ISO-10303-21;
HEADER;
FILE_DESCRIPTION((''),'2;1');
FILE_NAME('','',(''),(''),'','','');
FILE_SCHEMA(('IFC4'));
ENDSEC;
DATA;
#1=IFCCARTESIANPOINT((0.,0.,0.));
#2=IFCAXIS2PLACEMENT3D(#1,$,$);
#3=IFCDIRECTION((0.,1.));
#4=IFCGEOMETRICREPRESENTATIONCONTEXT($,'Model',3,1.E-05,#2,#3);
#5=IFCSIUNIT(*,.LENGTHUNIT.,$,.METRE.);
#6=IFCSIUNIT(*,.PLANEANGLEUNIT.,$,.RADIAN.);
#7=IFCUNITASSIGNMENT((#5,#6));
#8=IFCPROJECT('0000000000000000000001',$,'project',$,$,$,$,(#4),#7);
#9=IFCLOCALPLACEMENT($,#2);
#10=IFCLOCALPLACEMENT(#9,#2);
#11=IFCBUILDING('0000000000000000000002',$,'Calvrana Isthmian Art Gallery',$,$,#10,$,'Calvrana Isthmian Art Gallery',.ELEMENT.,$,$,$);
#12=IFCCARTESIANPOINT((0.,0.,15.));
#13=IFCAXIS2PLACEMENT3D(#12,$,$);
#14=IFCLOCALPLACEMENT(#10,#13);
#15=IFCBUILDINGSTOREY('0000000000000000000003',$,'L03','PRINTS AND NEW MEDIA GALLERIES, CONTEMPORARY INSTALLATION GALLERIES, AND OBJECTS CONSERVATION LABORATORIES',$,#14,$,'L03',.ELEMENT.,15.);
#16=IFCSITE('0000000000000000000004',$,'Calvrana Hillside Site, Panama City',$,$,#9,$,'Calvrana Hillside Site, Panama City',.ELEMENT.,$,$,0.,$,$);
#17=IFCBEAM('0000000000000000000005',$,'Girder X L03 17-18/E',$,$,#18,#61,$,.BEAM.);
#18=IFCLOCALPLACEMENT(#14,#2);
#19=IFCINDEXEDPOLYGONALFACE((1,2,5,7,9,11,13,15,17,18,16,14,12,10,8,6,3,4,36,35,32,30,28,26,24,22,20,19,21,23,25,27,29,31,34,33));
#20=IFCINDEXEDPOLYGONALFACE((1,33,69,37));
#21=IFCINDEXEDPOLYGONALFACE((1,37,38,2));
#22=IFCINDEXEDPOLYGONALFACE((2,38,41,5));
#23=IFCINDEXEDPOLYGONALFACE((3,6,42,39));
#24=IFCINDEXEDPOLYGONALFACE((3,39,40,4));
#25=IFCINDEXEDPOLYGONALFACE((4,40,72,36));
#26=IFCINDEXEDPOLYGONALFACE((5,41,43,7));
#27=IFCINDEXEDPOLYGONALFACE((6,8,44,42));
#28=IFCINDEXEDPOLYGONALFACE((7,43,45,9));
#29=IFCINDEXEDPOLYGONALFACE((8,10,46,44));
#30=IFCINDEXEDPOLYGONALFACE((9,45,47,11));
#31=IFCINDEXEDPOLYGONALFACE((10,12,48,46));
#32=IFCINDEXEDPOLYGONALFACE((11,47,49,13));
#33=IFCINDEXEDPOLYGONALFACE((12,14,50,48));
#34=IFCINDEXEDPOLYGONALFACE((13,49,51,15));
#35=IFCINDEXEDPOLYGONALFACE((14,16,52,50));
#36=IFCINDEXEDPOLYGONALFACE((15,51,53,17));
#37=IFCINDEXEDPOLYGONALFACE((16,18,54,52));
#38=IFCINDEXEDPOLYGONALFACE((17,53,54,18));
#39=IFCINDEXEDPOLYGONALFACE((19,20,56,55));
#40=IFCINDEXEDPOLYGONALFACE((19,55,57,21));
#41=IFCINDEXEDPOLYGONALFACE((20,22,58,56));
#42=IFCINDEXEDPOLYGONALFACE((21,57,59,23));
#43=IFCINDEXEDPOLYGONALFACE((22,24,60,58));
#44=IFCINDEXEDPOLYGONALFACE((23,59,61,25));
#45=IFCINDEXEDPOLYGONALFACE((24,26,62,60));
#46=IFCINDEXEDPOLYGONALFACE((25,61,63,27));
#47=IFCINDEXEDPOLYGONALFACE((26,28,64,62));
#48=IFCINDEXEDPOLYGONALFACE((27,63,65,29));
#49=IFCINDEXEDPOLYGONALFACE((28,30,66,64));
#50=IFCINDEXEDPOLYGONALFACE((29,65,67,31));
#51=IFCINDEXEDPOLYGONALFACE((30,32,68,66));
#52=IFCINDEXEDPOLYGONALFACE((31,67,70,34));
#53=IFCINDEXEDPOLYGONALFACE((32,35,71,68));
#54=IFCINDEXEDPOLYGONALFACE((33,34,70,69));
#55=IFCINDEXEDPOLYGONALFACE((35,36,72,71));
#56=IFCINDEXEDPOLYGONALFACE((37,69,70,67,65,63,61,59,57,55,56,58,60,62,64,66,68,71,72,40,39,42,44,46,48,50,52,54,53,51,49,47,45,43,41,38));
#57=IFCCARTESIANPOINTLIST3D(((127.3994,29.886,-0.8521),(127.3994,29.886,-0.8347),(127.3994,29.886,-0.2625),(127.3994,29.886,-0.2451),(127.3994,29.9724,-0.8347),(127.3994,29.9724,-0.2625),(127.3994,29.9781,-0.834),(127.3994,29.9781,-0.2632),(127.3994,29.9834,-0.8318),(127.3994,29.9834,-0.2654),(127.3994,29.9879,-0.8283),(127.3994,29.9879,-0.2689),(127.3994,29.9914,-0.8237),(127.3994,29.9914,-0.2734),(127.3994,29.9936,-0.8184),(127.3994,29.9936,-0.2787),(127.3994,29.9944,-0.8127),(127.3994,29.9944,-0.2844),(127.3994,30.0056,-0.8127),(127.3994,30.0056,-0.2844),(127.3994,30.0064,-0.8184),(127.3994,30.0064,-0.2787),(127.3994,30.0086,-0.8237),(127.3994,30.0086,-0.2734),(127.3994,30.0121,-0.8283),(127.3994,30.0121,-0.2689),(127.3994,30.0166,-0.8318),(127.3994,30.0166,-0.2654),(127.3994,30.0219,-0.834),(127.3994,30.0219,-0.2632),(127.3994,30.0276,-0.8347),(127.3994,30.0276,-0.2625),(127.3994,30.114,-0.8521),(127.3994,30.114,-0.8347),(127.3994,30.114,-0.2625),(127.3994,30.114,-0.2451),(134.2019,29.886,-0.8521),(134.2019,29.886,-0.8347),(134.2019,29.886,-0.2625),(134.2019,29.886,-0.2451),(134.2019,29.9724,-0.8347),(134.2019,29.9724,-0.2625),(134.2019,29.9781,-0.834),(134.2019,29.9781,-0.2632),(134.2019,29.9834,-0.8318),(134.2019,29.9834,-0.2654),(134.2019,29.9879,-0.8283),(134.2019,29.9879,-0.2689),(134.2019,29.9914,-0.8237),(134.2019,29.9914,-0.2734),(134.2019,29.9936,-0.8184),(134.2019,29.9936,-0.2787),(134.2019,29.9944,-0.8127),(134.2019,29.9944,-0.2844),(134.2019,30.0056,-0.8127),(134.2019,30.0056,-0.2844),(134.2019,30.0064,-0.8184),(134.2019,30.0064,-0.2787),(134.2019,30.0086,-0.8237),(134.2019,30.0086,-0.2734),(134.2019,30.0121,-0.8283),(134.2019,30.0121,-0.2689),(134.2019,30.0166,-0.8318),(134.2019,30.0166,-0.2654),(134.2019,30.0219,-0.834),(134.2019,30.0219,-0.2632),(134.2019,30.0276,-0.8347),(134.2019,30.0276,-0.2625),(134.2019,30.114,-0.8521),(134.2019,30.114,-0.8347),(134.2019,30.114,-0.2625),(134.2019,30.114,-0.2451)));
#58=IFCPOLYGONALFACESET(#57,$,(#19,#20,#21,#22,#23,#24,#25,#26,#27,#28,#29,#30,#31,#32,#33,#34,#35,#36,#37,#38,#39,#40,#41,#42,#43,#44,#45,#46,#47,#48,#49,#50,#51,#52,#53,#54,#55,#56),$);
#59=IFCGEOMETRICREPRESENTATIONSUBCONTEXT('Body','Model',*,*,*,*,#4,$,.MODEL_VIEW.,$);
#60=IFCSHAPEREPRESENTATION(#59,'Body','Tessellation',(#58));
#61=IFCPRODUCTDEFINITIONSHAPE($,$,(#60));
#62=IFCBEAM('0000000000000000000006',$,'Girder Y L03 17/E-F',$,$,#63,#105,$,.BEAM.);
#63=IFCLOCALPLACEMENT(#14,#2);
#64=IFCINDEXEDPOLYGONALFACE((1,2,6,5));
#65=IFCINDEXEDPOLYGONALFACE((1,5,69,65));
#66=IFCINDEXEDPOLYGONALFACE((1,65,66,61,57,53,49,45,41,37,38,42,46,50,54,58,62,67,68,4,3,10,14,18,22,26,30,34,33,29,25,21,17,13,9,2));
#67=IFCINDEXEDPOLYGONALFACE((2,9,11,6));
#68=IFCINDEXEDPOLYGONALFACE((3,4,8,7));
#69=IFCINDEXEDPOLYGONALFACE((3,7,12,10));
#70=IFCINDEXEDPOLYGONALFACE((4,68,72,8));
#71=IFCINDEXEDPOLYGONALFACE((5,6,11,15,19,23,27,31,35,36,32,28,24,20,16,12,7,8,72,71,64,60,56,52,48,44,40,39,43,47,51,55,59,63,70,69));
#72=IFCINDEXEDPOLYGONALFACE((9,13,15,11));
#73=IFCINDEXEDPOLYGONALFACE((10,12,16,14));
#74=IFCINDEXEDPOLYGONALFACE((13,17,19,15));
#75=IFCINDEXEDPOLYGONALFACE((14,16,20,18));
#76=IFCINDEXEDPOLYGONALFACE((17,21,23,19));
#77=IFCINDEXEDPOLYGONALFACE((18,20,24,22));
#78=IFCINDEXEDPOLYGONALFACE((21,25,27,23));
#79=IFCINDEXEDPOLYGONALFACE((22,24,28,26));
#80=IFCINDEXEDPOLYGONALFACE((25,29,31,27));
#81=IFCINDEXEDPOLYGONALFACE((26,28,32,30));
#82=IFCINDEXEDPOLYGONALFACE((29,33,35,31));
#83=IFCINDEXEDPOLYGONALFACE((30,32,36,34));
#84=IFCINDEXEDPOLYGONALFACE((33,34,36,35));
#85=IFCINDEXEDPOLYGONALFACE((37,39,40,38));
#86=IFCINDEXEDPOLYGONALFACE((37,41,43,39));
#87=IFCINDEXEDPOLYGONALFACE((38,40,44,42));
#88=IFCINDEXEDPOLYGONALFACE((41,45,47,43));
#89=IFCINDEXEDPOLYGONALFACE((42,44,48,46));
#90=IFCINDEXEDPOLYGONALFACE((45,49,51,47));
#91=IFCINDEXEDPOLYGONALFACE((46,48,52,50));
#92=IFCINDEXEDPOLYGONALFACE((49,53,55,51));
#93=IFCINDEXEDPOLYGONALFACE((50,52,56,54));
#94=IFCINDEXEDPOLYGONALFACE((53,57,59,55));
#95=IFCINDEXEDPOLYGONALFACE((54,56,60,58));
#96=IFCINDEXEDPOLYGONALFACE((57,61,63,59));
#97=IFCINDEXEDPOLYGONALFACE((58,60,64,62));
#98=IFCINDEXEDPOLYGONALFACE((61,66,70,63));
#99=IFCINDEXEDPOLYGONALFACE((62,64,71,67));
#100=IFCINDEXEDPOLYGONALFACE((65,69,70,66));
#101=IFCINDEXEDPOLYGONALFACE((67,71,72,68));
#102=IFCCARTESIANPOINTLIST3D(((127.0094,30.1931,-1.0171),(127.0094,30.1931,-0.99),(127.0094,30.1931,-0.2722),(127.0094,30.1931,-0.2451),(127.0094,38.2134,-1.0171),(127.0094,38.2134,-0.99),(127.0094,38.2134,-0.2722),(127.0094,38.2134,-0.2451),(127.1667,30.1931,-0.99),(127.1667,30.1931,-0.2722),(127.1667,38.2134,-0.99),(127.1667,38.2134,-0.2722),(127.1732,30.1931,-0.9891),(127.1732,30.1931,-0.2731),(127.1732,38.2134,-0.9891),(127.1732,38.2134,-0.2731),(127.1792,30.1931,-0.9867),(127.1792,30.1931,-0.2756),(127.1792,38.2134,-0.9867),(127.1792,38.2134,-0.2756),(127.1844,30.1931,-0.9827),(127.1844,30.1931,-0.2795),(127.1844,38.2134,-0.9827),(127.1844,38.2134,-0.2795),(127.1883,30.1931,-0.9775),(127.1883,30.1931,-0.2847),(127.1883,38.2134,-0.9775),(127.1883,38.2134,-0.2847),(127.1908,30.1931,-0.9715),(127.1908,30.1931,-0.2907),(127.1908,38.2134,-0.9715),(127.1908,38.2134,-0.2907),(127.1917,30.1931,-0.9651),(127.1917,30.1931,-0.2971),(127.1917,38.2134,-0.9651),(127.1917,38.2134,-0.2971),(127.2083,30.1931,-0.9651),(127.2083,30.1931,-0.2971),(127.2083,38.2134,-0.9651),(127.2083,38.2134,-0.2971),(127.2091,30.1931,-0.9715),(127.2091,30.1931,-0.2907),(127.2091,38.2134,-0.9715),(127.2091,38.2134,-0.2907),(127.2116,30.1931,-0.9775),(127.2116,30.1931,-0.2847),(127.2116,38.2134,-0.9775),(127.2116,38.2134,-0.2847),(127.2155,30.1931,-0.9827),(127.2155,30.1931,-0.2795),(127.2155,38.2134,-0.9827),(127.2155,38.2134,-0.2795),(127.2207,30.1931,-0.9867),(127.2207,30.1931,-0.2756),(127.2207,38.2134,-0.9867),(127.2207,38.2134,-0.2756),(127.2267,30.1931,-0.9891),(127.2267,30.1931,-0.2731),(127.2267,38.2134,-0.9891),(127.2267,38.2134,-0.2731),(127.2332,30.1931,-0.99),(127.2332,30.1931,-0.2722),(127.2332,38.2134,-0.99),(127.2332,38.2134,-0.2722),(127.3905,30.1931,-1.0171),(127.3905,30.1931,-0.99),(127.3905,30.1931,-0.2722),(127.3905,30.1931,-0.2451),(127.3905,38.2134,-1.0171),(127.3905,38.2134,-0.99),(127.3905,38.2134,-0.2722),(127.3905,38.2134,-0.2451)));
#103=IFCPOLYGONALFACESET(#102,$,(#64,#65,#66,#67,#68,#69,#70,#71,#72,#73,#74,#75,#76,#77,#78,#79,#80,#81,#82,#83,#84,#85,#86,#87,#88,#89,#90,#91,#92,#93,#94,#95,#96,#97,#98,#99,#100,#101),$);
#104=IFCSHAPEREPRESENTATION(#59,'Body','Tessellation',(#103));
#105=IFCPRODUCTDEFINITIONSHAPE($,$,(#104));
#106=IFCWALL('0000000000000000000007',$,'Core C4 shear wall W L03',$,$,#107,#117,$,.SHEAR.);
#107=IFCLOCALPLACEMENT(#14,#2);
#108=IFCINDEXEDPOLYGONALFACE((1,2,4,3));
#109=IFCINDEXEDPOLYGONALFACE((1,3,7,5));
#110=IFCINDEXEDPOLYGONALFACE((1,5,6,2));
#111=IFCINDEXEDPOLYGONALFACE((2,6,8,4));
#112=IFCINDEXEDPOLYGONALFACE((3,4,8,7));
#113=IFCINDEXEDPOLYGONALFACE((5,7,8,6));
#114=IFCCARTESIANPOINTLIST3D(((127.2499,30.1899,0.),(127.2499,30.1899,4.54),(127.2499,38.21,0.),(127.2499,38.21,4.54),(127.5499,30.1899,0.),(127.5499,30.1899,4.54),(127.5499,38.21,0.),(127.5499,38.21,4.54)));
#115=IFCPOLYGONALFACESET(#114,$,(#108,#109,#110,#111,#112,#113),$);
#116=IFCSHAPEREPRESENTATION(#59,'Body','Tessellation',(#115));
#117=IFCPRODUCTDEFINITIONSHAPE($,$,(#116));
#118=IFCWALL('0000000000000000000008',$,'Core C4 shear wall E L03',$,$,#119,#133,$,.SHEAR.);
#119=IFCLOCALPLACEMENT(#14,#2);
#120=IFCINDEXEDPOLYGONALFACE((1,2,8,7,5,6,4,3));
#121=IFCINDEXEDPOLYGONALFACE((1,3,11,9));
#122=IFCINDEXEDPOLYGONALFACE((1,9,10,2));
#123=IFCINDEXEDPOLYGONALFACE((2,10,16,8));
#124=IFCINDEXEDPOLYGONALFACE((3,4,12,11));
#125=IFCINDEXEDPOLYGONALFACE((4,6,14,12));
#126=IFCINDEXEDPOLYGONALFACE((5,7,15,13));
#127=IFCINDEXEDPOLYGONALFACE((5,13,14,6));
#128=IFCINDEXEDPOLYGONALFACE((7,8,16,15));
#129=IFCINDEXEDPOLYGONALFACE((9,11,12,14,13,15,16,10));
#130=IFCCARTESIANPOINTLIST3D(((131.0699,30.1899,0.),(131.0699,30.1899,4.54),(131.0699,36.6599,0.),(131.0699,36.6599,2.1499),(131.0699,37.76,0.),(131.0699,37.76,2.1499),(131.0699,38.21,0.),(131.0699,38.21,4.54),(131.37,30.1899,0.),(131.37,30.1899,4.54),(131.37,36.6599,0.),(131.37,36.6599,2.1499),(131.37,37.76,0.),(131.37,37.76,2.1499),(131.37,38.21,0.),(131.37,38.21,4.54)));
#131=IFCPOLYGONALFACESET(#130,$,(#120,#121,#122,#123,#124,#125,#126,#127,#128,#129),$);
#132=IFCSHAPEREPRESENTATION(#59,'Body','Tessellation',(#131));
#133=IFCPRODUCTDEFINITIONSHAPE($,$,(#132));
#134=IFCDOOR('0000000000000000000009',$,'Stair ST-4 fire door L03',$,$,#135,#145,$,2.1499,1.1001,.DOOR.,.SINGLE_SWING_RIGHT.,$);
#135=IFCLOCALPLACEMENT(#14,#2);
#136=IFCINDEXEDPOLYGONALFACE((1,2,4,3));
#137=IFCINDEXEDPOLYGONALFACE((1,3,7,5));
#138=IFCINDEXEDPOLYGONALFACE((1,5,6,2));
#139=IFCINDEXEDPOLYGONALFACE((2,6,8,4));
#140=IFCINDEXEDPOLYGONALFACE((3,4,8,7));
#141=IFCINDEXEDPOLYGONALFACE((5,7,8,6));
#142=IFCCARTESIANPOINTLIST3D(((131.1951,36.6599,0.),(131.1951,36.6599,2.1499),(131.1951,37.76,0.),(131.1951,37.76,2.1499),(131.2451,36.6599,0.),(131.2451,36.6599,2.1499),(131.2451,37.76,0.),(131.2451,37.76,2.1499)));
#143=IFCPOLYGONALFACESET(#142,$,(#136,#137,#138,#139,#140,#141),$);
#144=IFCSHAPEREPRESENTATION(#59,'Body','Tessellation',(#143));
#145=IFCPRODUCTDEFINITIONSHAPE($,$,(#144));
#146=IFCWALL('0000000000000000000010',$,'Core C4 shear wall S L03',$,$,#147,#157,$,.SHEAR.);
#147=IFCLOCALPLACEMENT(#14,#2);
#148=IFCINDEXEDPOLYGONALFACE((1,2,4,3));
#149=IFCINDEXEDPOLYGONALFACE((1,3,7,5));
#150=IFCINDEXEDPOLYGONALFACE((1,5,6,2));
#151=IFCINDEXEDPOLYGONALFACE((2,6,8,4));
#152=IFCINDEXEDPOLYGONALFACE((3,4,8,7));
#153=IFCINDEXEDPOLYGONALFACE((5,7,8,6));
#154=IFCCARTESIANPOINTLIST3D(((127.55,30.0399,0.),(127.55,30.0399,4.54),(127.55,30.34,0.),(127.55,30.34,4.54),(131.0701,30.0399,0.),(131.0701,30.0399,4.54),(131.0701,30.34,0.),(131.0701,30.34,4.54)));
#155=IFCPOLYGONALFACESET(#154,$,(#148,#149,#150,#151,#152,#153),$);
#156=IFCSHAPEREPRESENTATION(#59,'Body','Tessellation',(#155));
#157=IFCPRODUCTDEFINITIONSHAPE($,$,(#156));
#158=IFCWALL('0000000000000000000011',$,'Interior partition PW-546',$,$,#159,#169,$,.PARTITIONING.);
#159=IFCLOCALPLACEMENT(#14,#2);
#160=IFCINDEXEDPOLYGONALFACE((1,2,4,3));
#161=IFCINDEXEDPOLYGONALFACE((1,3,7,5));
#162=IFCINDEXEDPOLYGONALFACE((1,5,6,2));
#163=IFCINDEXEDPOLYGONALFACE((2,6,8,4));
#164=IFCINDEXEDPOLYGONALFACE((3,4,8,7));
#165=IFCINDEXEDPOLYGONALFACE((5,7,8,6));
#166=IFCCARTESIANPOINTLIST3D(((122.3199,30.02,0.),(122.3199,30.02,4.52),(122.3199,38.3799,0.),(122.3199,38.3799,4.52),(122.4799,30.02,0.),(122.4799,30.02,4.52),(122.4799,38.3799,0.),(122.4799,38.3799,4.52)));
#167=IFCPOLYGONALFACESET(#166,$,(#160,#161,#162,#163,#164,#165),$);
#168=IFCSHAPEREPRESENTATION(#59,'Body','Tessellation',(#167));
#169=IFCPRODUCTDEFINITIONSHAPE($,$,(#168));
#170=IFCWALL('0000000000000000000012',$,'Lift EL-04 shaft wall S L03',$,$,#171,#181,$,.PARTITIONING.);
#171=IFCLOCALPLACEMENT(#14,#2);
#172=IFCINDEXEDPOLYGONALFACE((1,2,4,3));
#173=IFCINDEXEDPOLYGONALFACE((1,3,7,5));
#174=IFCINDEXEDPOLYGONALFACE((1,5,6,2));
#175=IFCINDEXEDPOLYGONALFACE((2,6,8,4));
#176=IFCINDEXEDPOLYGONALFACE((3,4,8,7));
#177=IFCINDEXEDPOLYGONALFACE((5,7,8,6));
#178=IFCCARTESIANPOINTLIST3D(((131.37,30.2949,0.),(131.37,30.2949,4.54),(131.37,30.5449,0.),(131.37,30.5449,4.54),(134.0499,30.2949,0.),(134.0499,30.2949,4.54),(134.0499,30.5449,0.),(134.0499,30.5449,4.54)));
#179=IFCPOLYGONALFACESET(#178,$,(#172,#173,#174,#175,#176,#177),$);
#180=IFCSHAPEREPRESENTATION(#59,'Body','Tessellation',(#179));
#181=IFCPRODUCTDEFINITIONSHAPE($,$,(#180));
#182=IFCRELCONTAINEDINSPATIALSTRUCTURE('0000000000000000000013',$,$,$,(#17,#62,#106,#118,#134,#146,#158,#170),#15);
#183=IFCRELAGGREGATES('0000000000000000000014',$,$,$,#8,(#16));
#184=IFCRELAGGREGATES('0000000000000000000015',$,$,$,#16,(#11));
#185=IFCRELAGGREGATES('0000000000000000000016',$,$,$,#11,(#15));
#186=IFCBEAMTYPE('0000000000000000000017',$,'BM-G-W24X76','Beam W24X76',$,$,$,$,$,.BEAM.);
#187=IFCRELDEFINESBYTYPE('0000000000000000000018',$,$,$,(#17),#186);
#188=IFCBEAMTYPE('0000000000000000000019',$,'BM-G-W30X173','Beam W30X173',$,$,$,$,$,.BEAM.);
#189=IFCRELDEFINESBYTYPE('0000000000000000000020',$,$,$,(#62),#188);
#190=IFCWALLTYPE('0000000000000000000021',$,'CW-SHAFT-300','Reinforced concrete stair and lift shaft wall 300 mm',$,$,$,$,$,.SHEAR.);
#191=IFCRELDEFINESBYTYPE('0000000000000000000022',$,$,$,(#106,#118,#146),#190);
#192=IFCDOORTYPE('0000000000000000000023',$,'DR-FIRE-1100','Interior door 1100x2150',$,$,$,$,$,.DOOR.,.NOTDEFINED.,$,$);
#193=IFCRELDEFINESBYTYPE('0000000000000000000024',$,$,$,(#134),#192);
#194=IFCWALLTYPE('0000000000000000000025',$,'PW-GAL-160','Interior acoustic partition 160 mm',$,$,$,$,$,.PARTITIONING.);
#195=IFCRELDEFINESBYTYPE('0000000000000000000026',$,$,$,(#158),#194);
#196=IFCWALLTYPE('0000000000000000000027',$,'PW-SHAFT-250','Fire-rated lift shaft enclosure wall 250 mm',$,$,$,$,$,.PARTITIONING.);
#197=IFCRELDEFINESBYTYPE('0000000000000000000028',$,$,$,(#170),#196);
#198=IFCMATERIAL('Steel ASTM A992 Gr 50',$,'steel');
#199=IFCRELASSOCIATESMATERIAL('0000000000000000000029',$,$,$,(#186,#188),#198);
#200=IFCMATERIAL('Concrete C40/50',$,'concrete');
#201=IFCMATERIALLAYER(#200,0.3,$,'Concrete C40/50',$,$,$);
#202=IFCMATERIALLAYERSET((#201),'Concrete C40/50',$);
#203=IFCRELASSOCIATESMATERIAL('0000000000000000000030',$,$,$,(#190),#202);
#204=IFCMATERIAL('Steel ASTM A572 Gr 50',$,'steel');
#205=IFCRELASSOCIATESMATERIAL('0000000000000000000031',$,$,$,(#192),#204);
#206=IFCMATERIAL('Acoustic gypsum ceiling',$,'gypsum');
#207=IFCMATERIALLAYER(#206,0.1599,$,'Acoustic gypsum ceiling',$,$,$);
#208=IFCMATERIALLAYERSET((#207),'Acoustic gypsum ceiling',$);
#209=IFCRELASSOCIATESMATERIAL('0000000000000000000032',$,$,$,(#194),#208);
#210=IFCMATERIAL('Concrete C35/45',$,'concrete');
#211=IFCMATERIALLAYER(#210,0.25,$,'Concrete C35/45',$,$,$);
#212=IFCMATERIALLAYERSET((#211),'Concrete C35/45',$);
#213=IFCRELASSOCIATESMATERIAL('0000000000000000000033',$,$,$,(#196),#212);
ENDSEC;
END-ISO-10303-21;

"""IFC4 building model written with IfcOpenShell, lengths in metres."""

from ifc_helpers import new_model, si_unit, direction, frame, frame_2d, origin, origin_2d, place, context, subcontext, project, spatial, rectangle, i_section, extrude, material, layer, layer_set, material_profile, profile_set, type_object, element, fill, save


model = new_model("IFC4")

# Units and contexts
model_context = context("Model", 3, precision=1e-05, world=origin(), true_north=direction((0.0, 1.0)))
body_context = subcontext(model_context, "Body", "Model", "MODEL_VIEW")
ifc_project = project(units=[si_unit("LENGTHUNIT", "METRE"), si_unit("PLANEANGLEUNIT", "RADIAN")], contexts=[model_context])

# Site, building, storey
site_placement = place(None, origin())
site = spatial("IfcSite", under=ifc_project, at=site_placement, Name="Calvrana Hillside Site, Panama City", LongName="Calvrana Hillside Site, Panama City", CompositionType="ELEMENT", RefElevation=0.0)
building_placement = place(site_placement, origin())
building = spatial("IfcBuilding", under=site, at=building_placement, Name="Calvrana Isthmian Art Gallery", LongName="Calvrana Isthmian Art Gallery", CompositionType="ELEMENT")
storey_placement = place(building_placement, frame((0.0, 0.0, 15.0)))
storey = spatial("IfcBuildingStorey", under=building, at=storey_placement, Name="L03", Description="PRINTS AND NEW MEDIA GALLERIES, CONTEMPORARY INSTALLATION GALLERIES, AND OBJECTS CONSERVATION LABORATORIES", LongName="L03", CompositionType="ELEMENT", Elevation=15.0)

# Shared definitions
ifc_material_1 = material(Name="Steel ASTM A992 Gr 50", Category="steel")

# Beams
ifc_material_profile_1 = material_profile(ifc_material_1, i_section(OverallWidth=0.228, OverallDepth=0.6069, WebThickness=0.0112, FlangeThickness=0.0173, FilletRadius=0.022, at=origin_2d()), Name="W24X76")
ifc_profile_set_1 = profile_set([ifc_material_profile_1], Name="Steel ASTM A992 Gr 50")
beam_type_1 = type_object("IfcBeamType", Name="BM-G-W24X76", Description="Beam W24X76", PredefinedType="BEAM", material=ifc_profile_set_1)
beam_1_placement = place(storey_placement, frame((127.3994, 30.0, -0.5486), z_axis=(1.0, 0.0, 0.0), x_axis=(0.0, 1.0, 0.0)))
element("IfcBeam", 1, at=beam_1_placement, inside=storey, type_object=beam_type_1, Name="Girder X L03 17-18/E", PredefinedType="BEAM", context=body_context, shape_type="SweptSolid", body=[
    extrude(i_section(OverallWidth=0.228, OverallDepth=0.6069, WebThickness=0.0112, FlangeThickness=0.0173, FilletRadius=0.022, at=origin_2d()), origin(), (0.0, 0.0, 1.0), 6.8025),
])
ifc_material_profile_2 = material_profile(ifc_material_1, i_section(OverallWidth=0.3811, OverallDepth=0.772, WebThickness=0.0166, FlangeThickness=0.0271, FilletRadius=0.0249, at=origin_2d()), Name="W30X173")
ifc_profile_set_2 = profile_set([ifc_material_profile_2], Name="Steel ASTM A992 Gr 50")
beam_type_2 = type_object("IfcBeamType", Name="BM-G-W30X173", Description="Beam W30X173", PredefinedType="BEAM", material=ifc_profile_set_2)
beam_2_placement = place(storey_placement, frame((127.2, 30.1931, -0.6311), z_axis=(0.0, 1.0, 0.0), x_axis=(-1.0, 0.0, 0.0)))
element("IfcBeam", 2, at=beam_2_placement, inside=storey, type_object=beam_type_2, Name="Girder Y L03 17/E-F", PredefinedType="BEAM", context=body_context, shape_type="SweptSolid", body=[
    extrude(i_section(OverallWidth=0.3811, OverallDepth=0.772, WebThickness=0.0166, FlangeThickness=0.0271, FilletRadius=0.0249, at=origin_2d()), origin(), (0.0, 0.0, 1.0), 8.0203),
])

# Wall
ifc_material_2 = material(Name="Concrete C40/50", Category="concrete")
ifc_layer_1 = layer(ifc_material_2, 0.3, Name="Concrete C40/50")
ifc_layer_set_1 = layer_set([ifc_layer_1], Name="Concrete C40/50")
wall_type_1 = type_object("IfcWallType", Name="CW-SHAFT-300", Description="Reinforced concrete stair and lift shaft wall 300 mm", PredefinedType="SHEAR", material=ifc_layer_set_1)
wall_1_placement = place(storey_placement, frame((127.3999, 30.1899, 0.0), z_axis=(0.0, 0.0, 1.0), x_axis=(0.0, 1.0, 0.0)))
element("IfcWall", 3, at=wall_1_placement, inside=storey, type_object=wall_type_1, Name="Core C4 shear wall W L03", PredefinedType="SHEAR", context=body_context, shape_type="SweptSolid", body=[
    extrude(rectangle(XDim=8.02, YDim=0.3, at=frame_2d((4.01, 0.0))), origin(), (0.0, 0.0, 1.0), 4.54),
])

# Wall, opening, door
wall_2_placement = place(storey_placement, frame((131.22, 30.1899, 0.0), z_axis=(0.0, 0.0, 1.0), x_axis=(0.0, 1.0, 0.0)))
wall_2 = element("IfcWall", 4, at=wall_2_placement, inside=storey, type_object=wall_type_1, Name="Core C4 shear wall E L03", PredefinedType="SHEAR", context=body_context, shape_type="SweptSolid", body=[
    extrude(rectangle(XDim=8.02, YDim=0.3, at=frame_2d((4.01, 0.0))), origin(), (0.0, 0.0, 1.0), 4.54),
])
opening_1_placement = place(wall_2_placement, frame((6.47, 0.0, 0.0)))
opening_1 = element("IfcOpeningElement", 5, at=opening_1_placement, cuts=wall_2, PredefinedType="OPENING", context=body_context, shape_type="SweptSolid", body=[
    extrude(rectangle(XDim=1.1001, YDim=2.1499, at=frame_2d((0.55, 1.075))), frame((0.0, 0.1602, 0.0), z_axis=(0.0, -1.0, 0.0), x_axis=(1.0, 0.0, 0.0)), (0.0, 0.0, 1.0), 0.3206),
])
ifc_material_3 = material(Name="Steel ASTM A572 Gr 50", Category="steel")
door_type_1 = type_object("IfcDoorType", Name="DR-FIRE-1100", Description="Interior door 1100x2150", OperationType="NOTDEFINED", PredefinedType="DOOR", material=ifc_material_3)
door_1_placement = place(opening_1_placement, origin())
door_1 = element("IfcDoor", 6, at=door_1_placement, inside=storey, type_object=door_type_1, Name="Stair ST-4 fire door L03", OperationType="SINGLE_SWING_RIGHT", OverallHeight=2.1499, OverallWidth=1.1001, PredefinedType="DOOR", context=body_context, shape_type="SweptSolid", body=[
    extrude(rectangle(XDim=1.1001, YDim=2.1499, at=frame_2d((0.55, 1.075))), frame((0.0, 0.0249, 0.0), z_axis=(0.0, -1.0, 0.0), x_axis=(1.0, 0.0, 0.0)), (0.0, 0.0, 1.0), 0.05),
])
fill(opening_1, door_1)

# Walls
wall_3_placement = place(storey_placement, frame((127.55, 30.1899, 0.0), z_axis=(0.0, 0.0, 1.0), x_axis=(1.0, 0.0, 0.0)))
element("IfcWall", 7, at=wall_3_placement, inside=storey, type_object=wall_type_1, Name="Core C4 shear wall S L03", PredefinedType="SHEAR", context=body_context, shape_type="SweptSolid", body=[
    extrude(rectangle(XDim=3.52, YDim=0.3, at=frame_2d((1.76, 0.0))), origin(), (0.0, 0.0, 1.0), 4.54),
])
ifc_material_4 = material(Name="Acoustic gypsum ceiling", Category="gypsum")
ifc_layer_2 = layer(ifc_material_4, 0.1599, Name="Acoustic gypsum ceiling")
ifc_layer_set_2 = layer_set([ifc_layer_2], Name="Acoustic gypsum ceiling")
wall_type_2 = type_object("IfcWallType", Name="PW-GAL-160", Description="Interior acoustic partition 160 mm", PredefinedType="PARTITIONING", material=ifc_layer_set_2)
wall_4_placement = place(storey_placement, frame((122.3999, 30.02, 0.0), z_axis=(0.0, 0.0, 1.0), x_axis=(0.0, 1.0, 0.0)))
element("IfcWall", 8, at=wall_4_placement, inside=storey, type_object=wall_type_2, Name="Interior partition PW-546", PredefinedType="PARTITIONING", context=body_context, shape_type="SweptSolid", body=[
    extrude(rectangle(XDim=8.3599, YDim=0.1599, at=frame_2d((4.1799, 0.0))), origin(), (0.0, 0.0, 1.0), 4.52),
])
ifc_material_5 = material(Name="Concrete C35/45", Category="concrete")
ifc_layer_3 = layer(ifc_material_5, 0.25, Name="Concrete C35/45")
ifc_layer_set_3 = layer_set([ifc_layer_3], Name="Concrete C35/45")
wall_type_3 = type_object("IfcWallType", Name="PW-SHAFT-250", Description="Fire-rated lift shaft enclosure wall 250 mm", PredefinedType="PARTITIONING", material=ifc_layer_set_3)
wall_5_placement = place(storey_placement, frame((131.3701, 30.4199, 0.0), z_axis=(0.0, 0.0, 1.0), x_axis=(1.0, 0.0, 0.0)))
element("IfcWall", 9, at=wall_5_placement, inside=storey, type_object=wall_type_3, Name="Lift EL-04 shaft wall S L03", PredefinedType="PARTITIONING", context=body_context, shape_type="SweptSolid", body=[
    extrude(rectangle(XDim=2.6799, YDim=0.25, at=frame_2d((1.3398, 0.0))), origin(), (0.0, 0.0, 1.0), 4.54),
])

save(model, "model.ifc")
